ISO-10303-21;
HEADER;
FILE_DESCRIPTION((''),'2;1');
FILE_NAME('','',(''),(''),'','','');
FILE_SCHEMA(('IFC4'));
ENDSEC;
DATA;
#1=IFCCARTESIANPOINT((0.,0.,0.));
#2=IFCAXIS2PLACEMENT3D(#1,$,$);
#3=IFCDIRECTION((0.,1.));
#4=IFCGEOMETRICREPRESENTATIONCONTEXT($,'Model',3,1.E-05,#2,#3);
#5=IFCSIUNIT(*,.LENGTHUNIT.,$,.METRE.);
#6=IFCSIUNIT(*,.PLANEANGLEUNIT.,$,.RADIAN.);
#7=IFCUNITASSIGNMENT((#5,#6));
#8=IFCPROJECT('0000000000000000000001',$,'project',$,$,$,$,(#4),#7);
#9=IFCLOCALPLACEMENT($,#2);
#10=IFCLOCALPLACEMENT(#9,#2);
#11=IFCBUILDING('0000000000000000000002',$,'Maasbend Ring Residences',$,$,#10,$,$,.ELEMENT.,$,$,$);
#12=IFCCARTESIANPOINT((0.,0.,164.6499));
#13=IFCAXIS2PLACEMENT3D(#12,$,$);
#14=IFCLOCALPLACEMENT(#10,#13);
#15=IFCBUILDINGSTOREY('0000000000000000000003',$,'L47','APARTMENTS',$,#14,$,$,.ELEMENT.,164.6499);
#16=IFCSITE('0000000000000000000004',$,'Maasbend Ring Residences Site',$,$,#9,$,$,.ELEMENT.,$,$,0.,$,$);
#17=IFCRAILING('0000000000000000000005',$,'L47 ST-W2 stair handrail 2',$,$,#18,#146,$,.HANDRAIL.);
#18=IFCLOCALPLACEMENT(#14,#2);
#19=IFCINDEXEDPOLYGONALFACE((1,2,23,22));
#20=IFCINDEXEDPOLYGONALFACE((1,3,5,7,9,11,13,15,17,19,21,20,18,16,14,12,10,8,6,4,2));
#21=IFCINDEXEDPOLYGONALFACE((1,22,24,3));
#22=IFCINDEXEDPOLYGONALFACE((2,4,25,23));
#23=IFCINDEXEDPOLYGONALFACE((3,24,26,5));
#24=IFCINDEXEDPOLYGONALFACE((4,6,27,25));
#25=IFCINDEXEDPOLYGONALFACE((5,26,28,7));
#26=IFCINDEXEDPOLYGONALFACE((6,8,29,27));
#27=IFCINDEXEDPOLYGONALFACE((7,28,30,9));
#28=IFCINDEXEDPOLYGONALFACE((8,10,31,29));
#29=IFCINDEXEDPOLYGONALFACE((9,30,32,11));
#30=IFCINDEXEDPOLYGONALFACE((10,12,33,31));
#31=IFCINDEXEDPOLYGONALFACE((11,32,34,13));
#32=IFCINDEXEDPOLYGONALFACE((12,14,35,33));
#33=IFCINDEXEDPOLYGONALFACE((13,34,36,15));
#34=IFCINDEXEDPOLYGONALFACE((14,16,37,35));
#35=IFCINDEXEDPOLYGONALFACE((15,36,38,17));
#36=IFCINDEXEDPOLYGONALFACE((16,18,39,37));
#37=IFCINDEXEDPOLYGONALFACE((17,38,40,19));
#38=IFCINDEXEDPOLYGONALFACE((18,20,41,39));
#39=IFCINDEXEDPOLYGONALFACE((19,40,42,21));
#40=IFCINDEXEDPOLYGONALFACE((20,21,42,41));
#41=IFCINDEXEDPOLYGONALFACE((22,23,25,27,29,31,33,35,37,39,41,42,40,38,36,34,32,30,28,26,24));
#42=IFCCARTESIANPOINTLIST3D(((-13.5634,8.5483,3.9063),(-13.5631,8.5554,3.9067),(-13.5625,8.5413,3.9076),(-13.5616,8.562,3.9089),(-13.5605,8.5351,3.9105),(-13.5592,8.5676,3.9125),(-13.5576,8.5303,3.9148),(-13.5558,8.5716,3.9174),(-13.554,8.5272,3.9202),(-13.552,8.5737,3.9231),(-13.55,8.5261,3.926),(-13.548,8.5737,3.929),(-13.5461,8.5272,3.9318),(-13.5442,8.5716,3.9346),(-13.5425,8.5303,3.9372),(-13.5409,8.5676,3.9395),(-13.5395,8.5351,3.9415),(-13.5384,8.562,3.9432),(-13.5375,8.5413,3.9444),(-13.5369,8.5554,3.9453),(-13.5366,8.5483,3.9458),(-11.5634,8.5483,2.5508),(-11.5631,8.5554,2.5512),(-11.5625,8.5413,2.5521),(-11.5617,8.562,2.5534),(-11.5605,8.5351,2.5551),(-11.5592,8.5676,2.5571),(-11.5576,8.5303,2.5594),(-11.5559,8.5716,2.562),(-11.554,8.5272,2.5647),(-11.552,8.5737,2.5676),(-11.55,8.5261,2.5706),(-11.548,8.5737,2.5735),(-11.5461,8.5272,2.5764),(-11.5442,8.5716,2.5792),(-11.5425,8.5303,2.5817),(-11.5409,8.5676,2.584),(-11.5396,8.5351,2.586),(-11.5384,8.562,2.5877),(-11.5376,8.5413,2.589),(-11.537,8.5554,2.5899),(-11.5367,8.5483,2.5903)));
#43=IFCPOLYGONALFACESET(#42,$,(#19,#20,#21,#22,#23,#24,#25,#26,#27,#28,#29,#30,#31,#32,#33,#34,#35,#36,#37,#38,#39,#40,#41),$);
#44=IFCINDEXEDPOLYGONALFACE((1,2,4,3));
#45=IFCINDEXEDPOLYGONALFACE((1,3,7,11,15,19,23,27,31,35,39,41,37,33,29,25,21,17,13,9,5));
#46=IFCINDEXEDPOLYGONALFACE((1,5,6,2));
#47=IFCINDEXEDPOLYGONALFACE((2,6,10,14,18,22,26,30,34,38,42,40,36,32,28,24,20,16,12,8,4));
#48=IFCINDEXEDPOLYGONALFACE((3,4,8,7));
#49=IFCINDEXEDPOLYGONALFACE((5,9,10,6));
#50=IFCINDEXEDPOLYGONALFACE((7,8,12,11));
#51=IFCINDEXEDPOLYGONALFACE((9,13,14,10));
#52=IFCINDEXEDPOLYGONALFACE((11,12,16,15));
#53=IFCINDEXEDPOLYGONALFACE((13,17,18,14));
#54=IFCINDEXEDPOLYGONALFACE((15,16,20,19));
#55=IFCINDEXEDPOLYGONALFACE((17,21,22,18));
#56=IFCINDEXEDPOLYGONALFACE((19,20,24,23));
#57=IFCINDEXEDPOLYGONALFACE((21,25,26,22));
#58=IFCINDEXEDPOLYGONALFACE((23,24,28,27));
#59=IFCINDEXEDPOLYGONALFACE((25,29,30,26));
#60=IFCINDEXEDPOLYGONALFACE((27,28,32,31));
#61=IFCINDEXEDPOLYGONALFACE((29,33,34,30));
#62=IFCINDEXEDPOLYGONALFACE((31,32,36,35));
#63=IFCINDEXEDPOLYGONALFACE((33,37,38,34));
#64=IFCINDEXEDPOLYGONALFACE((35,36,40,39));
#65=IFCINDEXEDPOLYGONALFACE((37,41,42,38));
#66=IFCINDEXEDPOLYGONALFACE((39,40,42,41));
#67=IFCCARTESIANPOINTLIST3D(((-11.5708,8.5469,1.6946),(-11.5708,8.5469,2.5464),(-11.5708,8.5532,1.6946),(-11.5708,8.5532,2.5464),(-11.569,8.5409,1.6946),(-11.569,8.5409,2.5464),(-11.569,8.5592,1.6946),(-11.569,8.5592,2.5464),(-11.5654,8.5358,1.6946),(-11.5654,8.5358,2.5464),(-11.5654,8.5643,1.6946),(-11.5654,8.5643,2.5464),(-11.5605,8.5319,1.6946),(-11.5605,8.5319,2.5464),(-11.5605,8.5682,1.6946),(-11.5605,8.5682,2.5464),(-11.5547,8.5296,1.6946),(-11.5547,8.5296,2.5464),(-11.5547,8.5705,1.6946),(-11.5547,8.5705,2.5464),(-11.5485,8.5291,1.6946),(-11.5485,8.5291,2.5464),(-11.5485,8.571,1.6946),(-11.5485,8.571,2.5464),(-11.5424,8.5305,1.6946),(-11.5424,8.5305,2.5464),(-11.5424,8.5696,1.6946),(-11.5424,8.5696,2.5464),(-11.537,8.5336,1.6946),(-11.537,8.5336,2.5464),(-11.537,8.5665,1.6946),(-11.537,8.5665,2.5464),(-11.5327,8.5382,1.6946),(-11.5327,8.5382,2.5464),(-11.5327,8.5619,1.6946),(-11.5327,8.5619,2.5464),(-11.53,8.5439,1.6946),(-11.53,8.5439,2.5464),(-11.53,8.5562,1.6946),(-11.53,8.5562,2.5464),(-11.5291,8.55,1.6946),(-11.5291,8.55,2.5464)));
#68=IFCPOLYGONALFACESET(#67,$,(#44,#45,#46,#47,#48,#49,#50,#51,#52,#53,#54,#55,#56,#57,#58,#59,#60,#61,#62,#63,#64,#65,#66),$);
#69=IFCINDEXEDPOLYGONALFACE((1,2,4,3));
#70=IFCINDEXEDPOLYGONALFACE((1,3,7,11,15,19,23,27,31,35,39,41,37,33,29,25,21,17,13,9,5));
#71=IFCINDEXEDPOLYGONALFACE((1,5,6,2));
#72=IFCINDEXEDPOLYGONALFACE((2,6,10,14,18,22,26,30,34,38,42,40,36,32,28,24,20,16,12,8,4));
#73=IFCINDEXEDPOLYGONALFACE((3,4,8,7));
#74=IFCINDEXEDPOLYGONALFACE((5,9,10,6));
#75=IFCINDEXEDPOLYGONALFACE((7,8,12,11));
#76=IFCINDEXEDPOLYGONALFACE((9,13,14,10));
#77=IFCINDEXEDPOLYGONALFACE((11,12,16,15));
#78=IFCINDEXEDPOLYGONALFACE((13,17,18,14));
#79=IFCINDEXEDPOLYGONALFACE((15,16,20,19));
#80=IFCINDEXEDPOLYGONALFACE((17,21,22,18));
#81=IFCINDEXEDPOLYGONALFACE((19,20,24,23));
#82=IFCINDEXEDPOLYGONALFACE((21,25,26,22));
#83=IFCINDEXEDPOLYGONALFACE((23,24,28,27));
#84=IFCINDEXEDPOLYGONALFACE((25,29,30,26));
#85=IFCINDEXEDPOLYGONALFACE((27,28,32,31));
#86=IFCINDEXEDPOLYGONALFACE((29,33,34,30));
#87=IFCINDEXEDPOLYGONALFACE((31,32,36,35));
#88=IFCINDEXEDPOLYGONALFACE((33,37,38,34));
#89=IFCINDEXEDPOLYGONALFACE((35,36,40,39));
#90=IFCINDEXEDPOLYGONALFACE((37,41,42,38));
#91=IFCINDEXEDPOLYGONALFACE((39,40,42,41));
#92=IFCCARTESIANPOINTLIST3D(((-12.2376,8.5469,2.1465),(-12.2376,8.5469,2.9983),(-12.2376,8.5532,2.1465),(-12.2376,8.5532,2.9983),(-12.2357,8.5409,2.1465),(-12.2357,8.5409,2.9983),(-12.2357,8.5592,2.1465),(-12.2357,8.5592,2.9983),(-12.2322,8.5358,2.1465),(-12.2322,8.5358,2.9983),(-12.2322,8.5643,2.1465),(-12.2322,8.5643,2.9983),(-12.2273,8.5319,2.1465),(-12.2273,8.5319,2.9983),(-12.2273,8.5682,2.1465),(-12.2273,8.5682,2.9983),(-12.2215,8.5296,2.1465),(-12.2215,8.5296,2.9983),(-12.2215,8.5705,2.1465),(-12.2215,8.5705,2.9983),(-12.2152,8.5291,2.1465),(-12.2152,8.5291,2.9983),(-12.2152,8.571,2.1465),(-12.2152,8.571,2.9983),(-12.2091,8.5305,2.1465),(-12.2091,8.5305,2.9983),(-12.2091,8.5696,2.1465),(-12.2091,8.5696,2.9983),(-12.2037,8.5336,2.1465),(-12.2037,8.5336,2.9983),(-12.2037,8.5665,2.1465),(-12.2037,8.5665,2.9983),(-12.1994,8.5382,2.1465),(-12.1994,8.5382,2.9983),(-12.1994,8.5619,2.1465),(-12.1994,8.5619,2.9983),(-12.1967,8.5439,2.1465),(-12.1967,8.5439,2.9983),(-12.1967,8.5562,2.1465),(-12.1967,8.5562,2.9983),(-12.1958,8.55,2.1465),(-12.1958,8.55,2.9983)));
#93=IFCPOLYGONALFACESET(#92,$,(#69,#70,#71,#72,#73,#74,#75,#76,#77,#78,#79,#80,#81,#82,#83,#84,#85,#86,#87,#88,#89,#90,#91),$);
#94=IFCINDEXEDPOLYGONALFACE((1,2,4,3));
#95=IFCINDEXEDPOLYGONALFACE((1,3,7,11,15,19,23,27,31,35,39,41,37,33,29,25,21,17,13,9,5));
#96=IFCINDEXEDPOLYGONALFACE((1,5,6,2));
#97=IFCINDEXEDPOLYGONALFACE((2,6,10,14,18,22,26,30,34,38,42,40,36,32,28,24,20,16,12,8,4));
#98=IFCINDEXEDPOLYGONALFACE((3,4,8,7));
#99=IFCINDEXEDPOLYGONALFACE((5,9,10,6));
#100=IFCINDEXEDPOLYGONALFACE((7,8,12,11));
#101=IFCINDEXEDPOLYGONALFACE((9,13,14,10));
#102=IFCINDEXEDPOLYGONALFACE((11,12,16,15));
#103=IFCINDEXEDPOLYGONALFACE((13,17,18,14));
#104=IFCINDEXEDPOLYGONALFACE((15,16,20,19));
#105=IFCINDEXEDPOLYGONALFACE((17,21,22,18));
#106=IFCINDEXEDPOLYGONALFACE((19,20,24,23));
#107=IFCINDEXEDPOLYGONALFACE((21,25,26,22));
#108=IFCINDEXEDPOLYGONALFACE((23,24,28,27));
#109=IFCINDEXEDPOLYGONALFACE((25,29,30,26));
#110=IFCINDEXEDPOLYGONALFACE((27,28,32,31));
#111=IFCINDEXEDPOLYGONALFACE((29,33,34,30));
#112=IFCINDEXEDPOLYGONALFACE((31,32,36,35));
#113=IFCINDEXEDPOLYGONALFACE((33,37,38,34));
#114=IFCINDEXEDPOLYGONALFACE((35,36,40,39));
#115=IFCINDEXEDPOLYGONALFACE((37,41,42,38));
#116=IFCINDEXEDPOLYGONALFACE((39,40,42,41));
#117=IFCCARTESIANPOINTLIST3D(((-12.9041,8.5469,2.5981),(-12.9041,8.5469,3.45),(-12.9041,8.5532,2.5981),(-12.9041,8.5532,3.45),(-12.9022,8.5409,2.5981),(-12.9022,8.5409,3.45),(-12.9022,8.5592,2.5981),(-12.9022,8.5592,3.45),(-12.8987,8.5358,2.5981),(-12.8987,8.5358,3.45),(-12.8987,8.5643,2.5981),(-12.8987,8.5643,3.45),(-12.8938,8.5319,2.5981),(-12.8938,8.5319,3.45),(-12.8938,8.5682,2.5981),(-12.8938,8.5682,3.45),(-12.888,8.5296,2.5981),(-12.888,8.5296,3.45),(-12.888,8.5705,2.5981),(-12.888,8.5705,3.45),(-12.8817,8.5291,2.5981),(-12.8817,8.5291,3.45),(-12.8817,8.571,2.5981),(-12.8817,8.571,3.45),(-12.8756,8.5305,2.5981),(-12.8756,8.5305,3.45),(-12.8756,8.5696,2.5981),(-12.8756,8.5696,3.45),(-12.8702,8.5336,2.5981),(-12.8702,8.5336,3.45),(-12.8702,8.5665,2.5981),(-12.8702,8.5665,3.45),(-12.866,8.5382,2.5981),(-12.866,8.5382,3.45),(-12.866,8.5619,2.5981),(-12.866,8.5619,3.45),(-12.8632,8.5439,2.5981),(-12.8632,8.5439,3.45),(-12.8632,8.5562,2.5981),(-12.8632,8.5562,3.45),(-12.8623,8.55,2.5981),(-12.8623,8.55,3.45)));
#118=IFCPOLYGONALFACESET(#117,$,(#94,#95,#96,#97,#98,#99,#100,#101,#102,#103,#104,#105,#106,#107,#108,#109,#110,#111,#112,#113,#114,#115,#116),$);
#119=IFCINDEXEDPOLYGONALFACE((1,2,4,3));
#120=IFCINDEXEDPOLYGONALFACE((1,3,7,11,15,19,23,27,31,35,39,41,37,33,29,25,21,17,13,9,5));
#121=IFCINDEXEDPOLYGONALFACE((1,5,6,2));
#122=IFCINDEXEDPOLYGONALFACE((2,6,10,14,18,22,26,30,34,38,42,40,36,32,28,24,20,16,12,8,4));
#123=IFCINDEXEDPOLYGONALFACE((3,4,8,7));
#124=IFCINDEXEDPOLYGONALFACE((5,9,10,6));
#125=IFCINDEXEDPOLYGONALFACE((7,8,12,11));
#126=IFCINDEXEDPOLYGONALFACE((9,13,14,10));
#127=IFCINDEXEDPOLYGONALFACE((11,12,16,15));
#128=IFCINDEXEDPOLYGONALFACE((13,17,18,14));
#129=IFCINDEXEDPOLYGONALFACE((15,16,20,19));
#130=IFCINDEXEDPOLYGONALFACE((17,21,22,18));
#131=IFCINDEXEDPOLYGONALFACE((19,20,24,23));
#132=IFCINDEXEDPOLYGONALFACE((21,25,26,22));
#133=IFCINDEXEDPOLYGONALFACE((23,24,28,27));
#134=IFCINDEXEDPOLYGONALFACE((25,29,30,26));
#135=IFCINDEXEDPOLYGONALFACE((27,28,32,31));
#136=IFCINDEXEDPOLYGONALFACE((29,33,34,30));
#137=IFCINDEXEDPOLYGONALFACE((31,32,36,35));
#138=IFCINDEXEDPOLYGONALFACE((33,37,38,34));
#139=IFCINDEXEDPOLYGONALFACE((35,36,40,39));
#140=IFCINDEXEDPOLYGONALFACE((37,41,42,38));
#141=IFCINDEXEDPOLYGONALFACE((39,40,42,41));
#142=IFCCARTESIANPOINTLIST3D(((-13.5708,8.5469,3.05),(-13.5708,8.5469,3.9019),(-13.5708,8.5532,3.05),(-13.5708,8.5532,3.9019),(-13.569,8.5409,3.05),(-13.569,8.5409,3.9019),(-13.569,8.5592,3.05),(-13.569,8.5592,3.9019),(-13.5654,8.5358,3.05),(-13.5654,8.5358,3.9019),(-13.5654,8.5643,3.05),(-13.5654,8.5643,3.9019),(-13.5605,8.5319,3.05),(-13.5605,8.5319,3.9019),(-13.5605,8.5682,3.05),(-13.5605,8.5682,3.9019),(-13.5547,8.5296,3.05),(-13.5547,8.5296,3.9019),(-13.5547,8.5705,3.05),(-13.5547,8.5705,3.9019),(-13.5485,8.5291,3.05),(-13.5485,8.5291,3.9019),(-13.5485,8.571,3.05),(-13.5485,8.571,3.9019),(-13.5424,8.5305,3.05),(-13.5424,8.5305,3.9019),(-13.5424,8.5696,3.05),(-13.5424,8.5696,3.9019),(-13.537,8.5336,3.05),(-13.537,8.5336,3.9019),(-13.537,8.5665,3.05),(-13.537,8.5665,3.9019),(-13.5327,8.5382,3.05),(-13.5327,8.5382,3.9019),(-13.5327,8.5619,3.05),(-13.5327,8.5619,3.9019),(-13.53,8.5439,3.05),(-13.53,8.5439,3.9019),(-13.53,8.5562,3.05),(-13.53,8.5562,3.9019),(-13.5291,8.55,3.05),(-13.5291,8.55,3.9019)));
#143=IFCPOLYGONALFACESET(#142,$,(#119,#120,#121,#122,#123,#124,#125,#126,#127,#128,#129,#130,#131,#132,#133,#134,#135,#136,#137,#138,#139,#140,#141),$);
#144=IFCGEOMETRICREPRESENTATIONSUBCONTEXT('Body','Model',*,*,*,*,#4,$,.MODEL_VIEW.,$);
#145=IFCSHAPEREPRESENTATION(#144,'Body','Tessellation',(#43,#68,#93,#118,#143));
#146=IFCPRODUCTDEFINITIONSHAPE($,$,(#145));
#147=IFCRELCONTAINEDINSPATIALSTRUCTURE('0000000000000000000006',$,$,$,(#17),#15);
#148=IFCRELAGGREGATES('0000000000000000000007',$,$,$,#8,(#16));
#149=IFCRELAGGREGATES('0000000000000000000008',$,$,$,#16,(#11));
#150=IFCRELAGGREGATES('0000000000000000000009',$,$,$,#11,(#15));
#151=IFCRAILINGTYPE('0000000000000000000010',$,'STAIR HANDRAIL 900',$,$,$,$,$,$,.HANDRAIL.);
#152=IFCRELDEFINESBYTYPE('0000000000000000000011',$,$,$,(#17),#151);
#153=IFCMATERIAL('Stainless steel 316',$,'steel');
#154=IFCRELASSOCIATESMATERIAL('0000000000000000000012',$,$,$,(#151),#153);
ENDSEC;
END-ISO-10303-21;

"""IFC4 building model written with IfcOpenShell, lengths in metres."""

from ifc_helpers import new_model, si_unit, direction, frame, origin, origin_2d, place, context, subcontext, project, spatial, circle, extrude, material, type_object, element, save


model = new_model("IFC4")

# Units and contexts
model_context = context("Model", 3, precision=1e-05, world=origin(), true_north=direction((0.0, 1.0)))
body_context = subcontext(model_context, "Body", "Model", "MODEL_VIEW")
ifc_project = project(units=[si_unit("LENGTHUNIT", "METRE"), si_unit("PLANEANGLEUNIT", "RADIAN")], contexts=[model_context])

# Site, building, storey
site_placement = place(None, origin())
site = spatial("IfcSite", under=ifc_project, at=site_placement, Name="Maasbend Ring Residences Site", CompositionType="ELEMENT", RefElevation=0.0)
building_placement = place(site_placement, origin())
building = spatial("IfcBuilding", under=site, at=building_placement, Name="Maasbend Ring Residences", CompositionType="ELEMENT")
storey_placement = place(building_placement, frame((0.0, 0.0, 164.6499)))
storey = spatial("IfcBuildingStorey", under=building, at=storey_placement, Name="L47", Description="APARTMENTS", CompositionType="ELEMENT", Elevation=164.6499)

# Railing
ifc_material_1 = material(Name="Stainless steel 316", Category="steel")
railing_type = type_object("IfcRailingType", Name="STAIR HANDRAIL 900", PredefinedType="HANDRAIL", material=ifc_material_1)
railing_placement = place(storey_placement, frame((-11.55, 8.55, 1.6946)))
element("IfcRailing", 1, at=railing_placement, inside=storey, type_object=railing_type, Name="L47 ST-W2 stair handrail 2", PredefinedType="HANDRAIL", context=body_context, shape_type="SweptSolid", body=[
    extrude(circle(Radius=0.0239, at=origin_2d()), frame((0.0, 0.0, 0.876), z_axis=(-0.827798, 0.0, 0.561027), x_axis=(0.0, -1.0, 0.0)), (0.0, 0.0, 1.0), 2.416),
    extrude(circle(Radius=0.021, at=origin_2d()), origin(), (0.0, 0.0, 1.0), 0.8518),
    extrude(circle(Radius=0.021, at=origin_2d()), frame((-0.6667, 0.0, 0.4519)), (0.0, 0.0, 1.0), 0.8518),
    extrude(circle(Radius=0.021, at=origin_2d()), frame((-1.3333, 0.0, 0.9036)), (0.0, 0.0, 1.0), 0.8518),
    extrude(circle(Radius=0.021, at=origin_2d()), frame((-2.0, 0.0, 1.3555)), (0.0, 0.0, 1.0), 0.8518),
])

save(model, "model.ifc")
